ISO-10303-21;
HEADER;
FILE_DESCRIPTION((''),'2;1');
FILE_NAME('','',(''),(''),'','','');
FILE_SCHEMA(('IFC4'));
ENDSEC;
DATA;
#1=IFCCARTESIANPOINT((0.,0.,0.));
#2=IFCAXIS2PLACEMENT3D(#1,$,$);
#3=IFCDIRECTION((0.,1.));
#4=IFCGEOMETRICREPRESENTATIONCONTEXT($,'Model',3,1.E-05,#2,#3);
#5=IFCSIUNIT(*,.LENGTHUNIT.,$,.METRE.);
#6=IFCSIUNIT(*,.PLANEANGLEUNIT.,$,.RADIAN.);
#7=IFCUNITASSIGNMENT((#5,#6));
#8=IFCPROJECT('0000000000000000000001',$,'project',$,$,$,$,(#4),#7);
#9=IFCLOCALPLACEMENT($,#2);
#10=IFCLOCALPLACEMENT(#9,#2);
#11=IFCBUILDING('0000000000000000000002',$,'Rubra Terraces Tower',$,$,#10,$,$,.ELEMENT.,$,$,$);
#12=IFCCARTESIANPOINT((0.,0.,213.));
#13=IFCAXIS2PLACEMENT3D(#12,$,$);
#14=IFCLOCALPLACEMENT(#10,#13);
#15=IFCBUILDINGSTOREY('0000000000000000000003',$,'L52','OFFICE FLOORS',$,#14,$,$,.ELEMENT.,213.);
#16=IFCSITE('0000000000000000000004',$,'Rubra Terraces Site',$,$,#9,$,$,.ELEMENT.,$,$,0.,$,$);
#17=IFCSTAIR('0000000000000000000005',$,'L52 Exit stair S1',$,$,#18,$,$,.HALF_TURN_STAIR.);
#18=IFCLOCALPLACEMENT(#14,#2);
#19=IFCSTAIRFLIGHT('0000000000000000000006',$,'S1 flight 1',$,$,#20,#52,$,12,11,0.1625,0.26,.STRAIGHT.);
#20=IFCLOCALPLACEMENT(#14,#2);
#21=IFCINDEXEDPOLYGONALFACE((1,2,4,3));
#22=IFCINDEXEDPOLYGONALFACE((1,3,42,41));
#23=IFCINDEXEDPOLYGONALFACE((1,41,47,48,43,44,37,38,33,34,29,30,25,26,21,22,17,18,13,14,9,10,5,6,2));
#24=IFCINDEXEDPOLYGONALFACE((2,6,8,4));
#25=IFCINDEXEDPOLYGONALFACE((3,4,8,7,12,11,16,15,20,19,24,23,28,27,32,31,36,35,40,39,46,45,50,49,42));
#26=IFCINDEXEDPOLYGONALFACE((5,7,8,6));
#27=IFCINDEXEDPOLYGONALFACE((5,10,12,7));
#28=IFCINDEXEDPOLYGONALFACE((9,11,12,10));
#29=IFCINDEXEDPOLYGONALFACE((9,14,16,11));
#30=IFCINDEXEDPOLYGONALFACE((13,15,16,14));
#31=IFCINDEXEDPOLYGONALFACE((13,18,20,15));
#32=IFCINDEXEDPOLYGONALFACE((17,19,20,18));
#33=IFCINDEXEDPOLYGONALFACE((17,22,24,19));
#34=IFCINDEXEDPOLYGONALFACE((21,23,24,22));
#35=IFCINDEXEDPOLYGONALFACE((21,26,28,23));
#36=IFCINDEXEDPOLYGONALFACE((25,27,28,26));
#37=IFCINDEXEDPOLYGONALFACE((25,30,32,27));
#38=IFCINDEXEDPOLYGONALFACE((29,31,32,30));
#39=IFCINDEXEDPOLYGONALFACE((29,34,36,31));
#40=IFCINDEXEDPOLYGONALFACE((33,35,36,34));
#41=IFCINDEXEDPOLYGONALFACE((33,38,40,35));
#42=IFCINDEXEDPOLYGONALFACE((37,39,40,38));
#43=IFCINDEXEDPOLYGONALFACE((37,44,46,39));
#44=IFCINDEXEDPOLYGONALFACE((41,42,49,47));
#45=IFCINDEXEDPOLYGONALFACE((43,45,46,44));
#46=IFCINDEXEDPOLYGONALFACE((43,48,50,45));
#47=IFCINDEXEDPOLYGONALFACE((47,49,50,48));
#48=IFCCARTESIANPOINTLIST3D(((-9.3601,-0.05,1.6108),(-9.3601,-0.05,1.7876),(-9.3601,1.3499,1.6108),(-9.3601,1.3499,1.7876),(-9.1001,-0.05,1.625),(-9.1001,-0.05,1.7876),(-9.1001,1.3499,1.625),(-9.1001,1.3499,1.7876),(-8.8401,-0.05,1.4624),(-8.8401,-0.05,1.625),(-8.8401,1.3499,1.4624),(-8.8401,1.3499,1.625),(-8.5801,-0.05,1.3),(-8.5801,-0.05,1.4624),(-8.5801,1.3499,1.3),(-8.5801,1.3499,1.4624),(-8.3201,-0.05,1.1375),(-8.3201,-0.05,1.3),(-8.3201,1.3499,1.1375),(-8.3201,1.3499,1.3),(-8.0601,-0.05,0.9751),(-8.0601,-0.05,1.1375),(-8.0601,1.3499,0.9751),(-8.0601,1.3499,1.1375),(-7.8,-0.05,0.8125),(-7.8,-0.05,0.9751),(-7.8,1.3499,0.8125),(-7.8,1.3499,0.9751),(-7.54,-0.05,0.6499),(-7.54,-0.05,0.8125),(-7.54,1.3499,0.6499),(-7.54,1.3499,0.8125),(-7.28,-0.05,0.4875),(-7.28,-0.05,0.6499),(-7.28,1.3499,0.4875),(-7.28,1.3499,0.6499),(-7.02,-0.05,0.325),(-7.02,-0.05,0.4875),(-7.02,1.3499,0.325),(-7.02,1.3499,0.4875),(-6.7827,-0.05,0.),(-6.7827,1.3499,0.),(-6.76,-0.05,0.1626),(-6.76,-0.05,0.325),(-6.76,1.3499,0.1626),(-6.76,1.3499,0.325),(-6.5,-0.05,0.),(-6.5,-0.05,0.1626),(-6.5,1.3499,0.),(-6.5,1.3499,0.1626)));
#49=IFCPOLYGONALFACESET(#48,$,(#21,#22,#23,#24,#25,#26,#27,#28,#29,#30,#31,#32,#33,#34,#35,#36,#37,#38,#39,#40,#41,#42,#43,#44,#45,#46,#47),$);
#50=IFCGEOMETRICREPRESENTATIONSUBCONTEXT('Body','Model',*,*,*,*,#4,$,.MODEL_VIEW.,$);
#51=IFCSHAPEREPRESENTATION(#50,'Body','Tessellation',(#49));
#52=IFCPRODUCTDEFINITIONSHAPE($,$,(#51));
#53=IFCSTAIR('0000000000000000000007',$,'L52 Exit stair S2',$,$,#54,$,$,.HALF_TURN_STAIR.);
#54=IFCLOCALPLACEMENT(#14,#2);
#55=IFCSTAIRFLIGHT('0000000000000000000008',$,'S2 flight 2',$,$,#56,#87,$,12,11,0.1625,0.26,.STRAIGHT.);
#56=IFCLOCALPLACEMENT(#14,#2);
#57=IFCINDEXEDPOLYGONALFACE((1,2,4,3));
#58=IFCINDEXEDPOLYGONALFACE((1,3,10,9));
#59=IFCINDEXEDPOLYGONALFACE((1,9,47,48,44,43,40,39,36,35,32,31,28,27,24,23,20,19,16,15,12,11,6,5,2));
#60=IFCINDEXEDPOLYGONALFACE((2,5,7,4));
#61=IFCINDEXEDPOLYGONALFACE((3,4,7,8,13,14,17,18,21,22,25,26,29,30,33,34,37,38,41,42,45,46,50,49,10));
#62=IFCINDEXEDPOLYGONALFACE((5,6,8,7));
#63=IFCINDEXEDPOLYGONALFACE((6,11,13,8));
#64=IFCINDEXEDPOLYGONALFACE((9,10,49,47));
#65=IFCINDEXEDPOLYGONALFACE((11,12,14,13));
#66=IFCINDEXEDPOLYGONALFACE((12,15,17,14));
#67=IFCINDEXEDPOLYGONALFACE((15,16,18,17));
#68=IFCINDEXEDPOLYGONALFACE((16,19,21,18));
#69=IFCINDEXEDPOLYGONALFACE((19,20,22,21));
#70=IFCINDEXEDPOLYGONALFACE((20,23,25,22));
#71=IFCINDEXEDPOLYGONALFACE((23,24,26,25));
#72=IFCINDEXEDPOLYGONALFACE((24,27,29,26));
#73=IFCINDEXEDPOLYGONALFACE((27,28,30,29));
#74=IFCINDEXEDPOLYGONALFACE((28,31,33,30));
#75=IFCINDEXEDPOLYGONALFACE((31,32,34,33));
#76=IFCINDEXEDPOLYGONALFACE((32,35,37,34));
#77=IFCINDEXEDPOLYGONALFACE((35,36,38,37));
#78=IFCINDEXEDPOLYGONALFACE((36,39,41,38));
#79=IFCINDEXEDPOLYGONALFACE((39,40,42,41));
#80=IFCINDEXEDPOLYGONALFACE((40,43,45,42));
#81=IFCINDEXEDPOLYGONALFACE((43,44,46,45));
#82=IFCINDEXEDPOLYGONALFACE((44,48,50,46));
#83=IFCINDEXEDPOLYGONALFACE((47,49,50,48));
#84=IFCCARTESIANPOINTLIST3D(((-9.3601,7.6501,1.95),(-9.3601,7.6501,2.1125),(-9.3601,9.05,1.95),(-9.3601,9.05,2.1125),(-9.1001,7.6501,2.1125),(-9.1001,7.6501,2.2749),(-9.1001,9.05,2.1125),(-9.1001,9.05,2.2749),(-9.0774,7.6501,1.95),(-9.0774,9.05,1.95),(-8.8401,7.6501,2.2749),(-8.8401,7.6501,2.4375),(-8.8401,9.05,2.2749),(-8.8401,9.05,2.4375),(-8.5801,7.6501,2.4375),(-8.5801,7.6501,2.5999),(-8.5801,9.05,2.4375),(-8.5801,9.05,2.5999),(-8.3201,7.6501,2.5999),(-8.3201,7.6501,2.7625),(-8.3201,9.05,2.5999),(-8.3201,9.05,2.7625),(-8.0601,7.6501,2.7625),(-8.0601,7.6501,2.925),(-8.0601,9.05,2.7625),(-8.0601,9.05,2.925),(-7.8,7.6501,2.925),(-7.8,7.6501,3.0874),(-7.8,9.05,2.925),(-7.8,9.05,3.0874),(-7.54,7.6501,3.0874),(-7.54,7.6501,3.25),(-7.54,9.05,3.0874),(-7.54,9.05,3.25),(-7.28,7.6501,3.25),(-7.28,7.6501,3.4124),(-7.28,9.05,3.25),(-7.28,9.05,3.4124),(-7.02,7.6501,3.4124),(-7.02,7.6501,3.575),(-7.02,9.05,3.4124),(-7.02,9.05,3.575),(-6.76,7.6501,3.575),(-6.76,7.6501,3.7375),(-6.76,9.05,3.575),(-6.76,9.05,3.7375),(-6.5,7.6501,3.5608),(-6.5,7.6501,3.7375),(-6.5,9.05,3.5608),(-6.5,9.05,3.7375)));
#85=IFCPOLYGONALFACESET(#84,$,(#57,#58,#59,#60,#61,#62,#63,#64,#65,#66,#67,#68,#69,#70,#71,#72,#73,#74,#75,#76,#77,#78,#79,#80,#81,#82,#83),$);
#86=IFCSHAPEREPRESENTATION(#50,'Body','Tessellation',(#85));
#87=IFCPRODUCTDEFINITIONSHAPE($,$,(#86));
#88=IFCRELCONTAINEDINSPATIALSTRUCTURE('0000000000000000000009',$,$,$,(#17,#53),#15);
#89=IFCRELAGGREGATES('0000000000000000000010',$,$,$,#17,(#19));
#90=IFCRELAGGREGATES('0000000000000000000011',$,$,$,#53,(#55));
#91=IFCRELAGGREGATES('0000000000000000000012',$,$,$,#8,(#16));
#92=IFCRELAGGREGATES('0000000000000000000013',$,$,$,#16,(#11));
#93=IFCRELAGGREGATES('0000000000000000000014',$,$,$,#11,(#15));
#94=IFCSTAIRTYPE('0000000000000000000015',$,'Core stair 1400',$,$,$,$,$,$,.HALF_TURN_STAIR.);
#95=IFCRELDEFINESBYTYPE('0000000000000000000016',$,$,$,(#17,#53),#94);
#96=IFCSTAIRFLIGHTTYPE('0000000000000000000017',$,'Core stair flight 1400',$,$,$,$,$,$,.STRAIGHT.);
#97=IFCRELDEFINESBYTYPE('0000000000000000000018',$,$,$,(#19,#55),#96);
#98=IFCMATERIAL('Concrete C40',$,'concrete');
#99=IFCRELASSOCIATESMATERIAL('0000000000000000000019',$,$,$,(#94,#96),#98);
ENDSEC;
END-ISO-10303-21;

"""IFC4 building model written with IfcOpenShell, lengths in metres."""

from ifc_helpers import new_model, si_unit, direction, frame, origin, place, context, subcontext, project, spatial, polyline, outline, extrude, material, type_object, element, aggregate, save


model = new_model("IFC4")

# Units and contexts
model_context = context("Model", 3, precision=1e-05, world=origin(), true_north=direction((0.0, 1.0)))
body_context = subcontext(model_context, "Body", "Model", "MODEL_VIEW")
ifc_project = project(units=[si_unit("LENGTHUNIT", "METRE"), si_unit("PLANEANGLEUNIT", "RADIAN")], contexts=[model_context])

# Site, building, storey
site_placement = place(None, origin())
site = spatial("IfcSite", under=ifc_project, at=site_placement, Name="Rubra Terraces Site", CompositionType="ELEMENT", RefElevation=0.0)
building_placement = place(site_placement, origin())
building = spatial("IfcBuilding", under=site, at=building_placement, Name="Rubra Terraces Tower", CompositionType="ELEMENT")
storey_placement = place(building_placement, frame((0.0, 0.0, 213.0)))
storey = spatial("IfcBuildingStorey", under=building, at=storey_placement, Name="L52", Description="OFFICE FLOORS", CompositionType="ELEMENT", Elevation=213.0)

# Shared definitions
ifc_material_1 = material(Name="Concrete C40", Category="concrete")

# Stairs, stair flights
stair_type = type_object("IfcStairType", Name="Core stair 1400", PredefinedType="HALF_TURN_STAIR", material=ifc_material_1)
stair_1_placement = place(storey_placement, origin())
stair_1 = element("IfcStair", 1, at=stair_1_placement, inside=storey, type_object=stair_type, Name="L52 Exit stair S1", PredefinedType="HALF_TURN_STAIR")
stair_flight_type = type_object("IfcStairFlightType", Name="Core stair flight 1400", PredefinedType="STRAIGHT", material=ifc_material_1)
stair_flight_1_placement = place(storey_placement, frame((-6.5, 0.6499, 0.0), z_axis=(0.0, 0.0, 1.0), x_axis=(-1.0, 0.0, 0.0)))
stair_flight_1 = element("IfcStairFlight", 2, at=stair_flight_1_placement, type_object=stair_flight_type, Name="S1 flight 1", NumberOfRisers=12, NumberOfTreads=11, PredefinedType="STRAIGHT", RiserHeight=0.1625, TreadLength=0.26, context=body_context, shape_type="SweptSolid", body=[
    extrude(outline(polyline([(0.0, 0.0), (0.0, 0.1626), (0.26, 0.1626), (0.26, 0.325), (0.52, 0.325), (0.52, 0.4875), (0.78, 0.4875), (0.78, 0.6499), (1.04, 0.6499), (1.04, 0.8125), (1.3, 0.8125), (1.3, 0.9751), (1.5601, 0.9751), (1.5601, 1.1375), (1.8201, 1.1375), (1.8201, 1.3), (2.0801, 1.3), (2.0801, 1.4624), (2.3401, 1.4624), (2.3401, 1.625), (2.6001, 1.625), (2.6001, 1.7876), (2.8601, 1.7876), (2.8601, 1.95), (2.8601, 1.6108), (0.2827, 0.0), (0.0, 0.0)])), frame((0.0, 0.7, 0.0), z_axis=(0.0, -1.0, 0.0), x_axis=(1.0, 0.0, 0.0)), (0.0, 0.0, 1.0), 1.3999),
])
aggregate(stair_1, [stair_flight_1])
stair_2_placement = place(storey_placement, origin())
stair_2 = element("IfcStair", 3, at=stair_2_placement, inside=storey, type_object=stair_type, Name="L52 Exit stair S2", PredefinedType="HALF_TURN_STAIR")
stair_flight_2_placement = place(storey_placement, frame((-9.3601, 8.3501, 1.95), z_axis=(0.0, 0.0, 1.0), x_axis=(1.0, 0.0, 0.0)))
stair_flight_2 = element("IfcStairFlight", 4, at=stair_flight_2_placement, type_object=stair_flight_type, Name="S2 flight 2", NumberOfRisers=12, NumberOfTreads=11, PredefinedType="STRAIGHT", RiserHeight=0.1625, TreadLength=0.26, context=body_context, shape_type="SweptSolid", body=[
    extrude(outline(polyline([(0.0, 0.0), (0.0, 0.1626), (0.26, 0.1626), (0.26, 0.325), (0.52, 0.325), (0.52, 0.4875), (0.78, 0.4875), (0.78, 0.6499), (1.04, 0.6499), (1.04, 0.8125), (1.3, 0.8125), (1.3, 0.9751), (1.5601, 0.9751), (1.5601, 1.1375), (1.8201, 1.1375), (1.8201, 1.3), (2.0801, 1.3), (2.0801, 1.4624), (2.3401, 1.4624), (2.3401, 1.625), (2.6001, 1.625), (2.6001, 1.7876), (2.8601, 1.7876), (2.8601, 1.95), (2.8601, 1.6108), (0.2827, 0.0), (0.0, 0.0)])), frame((0.0, 0.7, 0.0), z_axis=(0.0, -1.0, 0.0), x_axis=(1.0, 0.0, 0.0)), (0.0, 0.0, 1.0), 1.3999),
])
aggregate(stair_2, [stair_flight_2])

save(model, "model.ifc")
